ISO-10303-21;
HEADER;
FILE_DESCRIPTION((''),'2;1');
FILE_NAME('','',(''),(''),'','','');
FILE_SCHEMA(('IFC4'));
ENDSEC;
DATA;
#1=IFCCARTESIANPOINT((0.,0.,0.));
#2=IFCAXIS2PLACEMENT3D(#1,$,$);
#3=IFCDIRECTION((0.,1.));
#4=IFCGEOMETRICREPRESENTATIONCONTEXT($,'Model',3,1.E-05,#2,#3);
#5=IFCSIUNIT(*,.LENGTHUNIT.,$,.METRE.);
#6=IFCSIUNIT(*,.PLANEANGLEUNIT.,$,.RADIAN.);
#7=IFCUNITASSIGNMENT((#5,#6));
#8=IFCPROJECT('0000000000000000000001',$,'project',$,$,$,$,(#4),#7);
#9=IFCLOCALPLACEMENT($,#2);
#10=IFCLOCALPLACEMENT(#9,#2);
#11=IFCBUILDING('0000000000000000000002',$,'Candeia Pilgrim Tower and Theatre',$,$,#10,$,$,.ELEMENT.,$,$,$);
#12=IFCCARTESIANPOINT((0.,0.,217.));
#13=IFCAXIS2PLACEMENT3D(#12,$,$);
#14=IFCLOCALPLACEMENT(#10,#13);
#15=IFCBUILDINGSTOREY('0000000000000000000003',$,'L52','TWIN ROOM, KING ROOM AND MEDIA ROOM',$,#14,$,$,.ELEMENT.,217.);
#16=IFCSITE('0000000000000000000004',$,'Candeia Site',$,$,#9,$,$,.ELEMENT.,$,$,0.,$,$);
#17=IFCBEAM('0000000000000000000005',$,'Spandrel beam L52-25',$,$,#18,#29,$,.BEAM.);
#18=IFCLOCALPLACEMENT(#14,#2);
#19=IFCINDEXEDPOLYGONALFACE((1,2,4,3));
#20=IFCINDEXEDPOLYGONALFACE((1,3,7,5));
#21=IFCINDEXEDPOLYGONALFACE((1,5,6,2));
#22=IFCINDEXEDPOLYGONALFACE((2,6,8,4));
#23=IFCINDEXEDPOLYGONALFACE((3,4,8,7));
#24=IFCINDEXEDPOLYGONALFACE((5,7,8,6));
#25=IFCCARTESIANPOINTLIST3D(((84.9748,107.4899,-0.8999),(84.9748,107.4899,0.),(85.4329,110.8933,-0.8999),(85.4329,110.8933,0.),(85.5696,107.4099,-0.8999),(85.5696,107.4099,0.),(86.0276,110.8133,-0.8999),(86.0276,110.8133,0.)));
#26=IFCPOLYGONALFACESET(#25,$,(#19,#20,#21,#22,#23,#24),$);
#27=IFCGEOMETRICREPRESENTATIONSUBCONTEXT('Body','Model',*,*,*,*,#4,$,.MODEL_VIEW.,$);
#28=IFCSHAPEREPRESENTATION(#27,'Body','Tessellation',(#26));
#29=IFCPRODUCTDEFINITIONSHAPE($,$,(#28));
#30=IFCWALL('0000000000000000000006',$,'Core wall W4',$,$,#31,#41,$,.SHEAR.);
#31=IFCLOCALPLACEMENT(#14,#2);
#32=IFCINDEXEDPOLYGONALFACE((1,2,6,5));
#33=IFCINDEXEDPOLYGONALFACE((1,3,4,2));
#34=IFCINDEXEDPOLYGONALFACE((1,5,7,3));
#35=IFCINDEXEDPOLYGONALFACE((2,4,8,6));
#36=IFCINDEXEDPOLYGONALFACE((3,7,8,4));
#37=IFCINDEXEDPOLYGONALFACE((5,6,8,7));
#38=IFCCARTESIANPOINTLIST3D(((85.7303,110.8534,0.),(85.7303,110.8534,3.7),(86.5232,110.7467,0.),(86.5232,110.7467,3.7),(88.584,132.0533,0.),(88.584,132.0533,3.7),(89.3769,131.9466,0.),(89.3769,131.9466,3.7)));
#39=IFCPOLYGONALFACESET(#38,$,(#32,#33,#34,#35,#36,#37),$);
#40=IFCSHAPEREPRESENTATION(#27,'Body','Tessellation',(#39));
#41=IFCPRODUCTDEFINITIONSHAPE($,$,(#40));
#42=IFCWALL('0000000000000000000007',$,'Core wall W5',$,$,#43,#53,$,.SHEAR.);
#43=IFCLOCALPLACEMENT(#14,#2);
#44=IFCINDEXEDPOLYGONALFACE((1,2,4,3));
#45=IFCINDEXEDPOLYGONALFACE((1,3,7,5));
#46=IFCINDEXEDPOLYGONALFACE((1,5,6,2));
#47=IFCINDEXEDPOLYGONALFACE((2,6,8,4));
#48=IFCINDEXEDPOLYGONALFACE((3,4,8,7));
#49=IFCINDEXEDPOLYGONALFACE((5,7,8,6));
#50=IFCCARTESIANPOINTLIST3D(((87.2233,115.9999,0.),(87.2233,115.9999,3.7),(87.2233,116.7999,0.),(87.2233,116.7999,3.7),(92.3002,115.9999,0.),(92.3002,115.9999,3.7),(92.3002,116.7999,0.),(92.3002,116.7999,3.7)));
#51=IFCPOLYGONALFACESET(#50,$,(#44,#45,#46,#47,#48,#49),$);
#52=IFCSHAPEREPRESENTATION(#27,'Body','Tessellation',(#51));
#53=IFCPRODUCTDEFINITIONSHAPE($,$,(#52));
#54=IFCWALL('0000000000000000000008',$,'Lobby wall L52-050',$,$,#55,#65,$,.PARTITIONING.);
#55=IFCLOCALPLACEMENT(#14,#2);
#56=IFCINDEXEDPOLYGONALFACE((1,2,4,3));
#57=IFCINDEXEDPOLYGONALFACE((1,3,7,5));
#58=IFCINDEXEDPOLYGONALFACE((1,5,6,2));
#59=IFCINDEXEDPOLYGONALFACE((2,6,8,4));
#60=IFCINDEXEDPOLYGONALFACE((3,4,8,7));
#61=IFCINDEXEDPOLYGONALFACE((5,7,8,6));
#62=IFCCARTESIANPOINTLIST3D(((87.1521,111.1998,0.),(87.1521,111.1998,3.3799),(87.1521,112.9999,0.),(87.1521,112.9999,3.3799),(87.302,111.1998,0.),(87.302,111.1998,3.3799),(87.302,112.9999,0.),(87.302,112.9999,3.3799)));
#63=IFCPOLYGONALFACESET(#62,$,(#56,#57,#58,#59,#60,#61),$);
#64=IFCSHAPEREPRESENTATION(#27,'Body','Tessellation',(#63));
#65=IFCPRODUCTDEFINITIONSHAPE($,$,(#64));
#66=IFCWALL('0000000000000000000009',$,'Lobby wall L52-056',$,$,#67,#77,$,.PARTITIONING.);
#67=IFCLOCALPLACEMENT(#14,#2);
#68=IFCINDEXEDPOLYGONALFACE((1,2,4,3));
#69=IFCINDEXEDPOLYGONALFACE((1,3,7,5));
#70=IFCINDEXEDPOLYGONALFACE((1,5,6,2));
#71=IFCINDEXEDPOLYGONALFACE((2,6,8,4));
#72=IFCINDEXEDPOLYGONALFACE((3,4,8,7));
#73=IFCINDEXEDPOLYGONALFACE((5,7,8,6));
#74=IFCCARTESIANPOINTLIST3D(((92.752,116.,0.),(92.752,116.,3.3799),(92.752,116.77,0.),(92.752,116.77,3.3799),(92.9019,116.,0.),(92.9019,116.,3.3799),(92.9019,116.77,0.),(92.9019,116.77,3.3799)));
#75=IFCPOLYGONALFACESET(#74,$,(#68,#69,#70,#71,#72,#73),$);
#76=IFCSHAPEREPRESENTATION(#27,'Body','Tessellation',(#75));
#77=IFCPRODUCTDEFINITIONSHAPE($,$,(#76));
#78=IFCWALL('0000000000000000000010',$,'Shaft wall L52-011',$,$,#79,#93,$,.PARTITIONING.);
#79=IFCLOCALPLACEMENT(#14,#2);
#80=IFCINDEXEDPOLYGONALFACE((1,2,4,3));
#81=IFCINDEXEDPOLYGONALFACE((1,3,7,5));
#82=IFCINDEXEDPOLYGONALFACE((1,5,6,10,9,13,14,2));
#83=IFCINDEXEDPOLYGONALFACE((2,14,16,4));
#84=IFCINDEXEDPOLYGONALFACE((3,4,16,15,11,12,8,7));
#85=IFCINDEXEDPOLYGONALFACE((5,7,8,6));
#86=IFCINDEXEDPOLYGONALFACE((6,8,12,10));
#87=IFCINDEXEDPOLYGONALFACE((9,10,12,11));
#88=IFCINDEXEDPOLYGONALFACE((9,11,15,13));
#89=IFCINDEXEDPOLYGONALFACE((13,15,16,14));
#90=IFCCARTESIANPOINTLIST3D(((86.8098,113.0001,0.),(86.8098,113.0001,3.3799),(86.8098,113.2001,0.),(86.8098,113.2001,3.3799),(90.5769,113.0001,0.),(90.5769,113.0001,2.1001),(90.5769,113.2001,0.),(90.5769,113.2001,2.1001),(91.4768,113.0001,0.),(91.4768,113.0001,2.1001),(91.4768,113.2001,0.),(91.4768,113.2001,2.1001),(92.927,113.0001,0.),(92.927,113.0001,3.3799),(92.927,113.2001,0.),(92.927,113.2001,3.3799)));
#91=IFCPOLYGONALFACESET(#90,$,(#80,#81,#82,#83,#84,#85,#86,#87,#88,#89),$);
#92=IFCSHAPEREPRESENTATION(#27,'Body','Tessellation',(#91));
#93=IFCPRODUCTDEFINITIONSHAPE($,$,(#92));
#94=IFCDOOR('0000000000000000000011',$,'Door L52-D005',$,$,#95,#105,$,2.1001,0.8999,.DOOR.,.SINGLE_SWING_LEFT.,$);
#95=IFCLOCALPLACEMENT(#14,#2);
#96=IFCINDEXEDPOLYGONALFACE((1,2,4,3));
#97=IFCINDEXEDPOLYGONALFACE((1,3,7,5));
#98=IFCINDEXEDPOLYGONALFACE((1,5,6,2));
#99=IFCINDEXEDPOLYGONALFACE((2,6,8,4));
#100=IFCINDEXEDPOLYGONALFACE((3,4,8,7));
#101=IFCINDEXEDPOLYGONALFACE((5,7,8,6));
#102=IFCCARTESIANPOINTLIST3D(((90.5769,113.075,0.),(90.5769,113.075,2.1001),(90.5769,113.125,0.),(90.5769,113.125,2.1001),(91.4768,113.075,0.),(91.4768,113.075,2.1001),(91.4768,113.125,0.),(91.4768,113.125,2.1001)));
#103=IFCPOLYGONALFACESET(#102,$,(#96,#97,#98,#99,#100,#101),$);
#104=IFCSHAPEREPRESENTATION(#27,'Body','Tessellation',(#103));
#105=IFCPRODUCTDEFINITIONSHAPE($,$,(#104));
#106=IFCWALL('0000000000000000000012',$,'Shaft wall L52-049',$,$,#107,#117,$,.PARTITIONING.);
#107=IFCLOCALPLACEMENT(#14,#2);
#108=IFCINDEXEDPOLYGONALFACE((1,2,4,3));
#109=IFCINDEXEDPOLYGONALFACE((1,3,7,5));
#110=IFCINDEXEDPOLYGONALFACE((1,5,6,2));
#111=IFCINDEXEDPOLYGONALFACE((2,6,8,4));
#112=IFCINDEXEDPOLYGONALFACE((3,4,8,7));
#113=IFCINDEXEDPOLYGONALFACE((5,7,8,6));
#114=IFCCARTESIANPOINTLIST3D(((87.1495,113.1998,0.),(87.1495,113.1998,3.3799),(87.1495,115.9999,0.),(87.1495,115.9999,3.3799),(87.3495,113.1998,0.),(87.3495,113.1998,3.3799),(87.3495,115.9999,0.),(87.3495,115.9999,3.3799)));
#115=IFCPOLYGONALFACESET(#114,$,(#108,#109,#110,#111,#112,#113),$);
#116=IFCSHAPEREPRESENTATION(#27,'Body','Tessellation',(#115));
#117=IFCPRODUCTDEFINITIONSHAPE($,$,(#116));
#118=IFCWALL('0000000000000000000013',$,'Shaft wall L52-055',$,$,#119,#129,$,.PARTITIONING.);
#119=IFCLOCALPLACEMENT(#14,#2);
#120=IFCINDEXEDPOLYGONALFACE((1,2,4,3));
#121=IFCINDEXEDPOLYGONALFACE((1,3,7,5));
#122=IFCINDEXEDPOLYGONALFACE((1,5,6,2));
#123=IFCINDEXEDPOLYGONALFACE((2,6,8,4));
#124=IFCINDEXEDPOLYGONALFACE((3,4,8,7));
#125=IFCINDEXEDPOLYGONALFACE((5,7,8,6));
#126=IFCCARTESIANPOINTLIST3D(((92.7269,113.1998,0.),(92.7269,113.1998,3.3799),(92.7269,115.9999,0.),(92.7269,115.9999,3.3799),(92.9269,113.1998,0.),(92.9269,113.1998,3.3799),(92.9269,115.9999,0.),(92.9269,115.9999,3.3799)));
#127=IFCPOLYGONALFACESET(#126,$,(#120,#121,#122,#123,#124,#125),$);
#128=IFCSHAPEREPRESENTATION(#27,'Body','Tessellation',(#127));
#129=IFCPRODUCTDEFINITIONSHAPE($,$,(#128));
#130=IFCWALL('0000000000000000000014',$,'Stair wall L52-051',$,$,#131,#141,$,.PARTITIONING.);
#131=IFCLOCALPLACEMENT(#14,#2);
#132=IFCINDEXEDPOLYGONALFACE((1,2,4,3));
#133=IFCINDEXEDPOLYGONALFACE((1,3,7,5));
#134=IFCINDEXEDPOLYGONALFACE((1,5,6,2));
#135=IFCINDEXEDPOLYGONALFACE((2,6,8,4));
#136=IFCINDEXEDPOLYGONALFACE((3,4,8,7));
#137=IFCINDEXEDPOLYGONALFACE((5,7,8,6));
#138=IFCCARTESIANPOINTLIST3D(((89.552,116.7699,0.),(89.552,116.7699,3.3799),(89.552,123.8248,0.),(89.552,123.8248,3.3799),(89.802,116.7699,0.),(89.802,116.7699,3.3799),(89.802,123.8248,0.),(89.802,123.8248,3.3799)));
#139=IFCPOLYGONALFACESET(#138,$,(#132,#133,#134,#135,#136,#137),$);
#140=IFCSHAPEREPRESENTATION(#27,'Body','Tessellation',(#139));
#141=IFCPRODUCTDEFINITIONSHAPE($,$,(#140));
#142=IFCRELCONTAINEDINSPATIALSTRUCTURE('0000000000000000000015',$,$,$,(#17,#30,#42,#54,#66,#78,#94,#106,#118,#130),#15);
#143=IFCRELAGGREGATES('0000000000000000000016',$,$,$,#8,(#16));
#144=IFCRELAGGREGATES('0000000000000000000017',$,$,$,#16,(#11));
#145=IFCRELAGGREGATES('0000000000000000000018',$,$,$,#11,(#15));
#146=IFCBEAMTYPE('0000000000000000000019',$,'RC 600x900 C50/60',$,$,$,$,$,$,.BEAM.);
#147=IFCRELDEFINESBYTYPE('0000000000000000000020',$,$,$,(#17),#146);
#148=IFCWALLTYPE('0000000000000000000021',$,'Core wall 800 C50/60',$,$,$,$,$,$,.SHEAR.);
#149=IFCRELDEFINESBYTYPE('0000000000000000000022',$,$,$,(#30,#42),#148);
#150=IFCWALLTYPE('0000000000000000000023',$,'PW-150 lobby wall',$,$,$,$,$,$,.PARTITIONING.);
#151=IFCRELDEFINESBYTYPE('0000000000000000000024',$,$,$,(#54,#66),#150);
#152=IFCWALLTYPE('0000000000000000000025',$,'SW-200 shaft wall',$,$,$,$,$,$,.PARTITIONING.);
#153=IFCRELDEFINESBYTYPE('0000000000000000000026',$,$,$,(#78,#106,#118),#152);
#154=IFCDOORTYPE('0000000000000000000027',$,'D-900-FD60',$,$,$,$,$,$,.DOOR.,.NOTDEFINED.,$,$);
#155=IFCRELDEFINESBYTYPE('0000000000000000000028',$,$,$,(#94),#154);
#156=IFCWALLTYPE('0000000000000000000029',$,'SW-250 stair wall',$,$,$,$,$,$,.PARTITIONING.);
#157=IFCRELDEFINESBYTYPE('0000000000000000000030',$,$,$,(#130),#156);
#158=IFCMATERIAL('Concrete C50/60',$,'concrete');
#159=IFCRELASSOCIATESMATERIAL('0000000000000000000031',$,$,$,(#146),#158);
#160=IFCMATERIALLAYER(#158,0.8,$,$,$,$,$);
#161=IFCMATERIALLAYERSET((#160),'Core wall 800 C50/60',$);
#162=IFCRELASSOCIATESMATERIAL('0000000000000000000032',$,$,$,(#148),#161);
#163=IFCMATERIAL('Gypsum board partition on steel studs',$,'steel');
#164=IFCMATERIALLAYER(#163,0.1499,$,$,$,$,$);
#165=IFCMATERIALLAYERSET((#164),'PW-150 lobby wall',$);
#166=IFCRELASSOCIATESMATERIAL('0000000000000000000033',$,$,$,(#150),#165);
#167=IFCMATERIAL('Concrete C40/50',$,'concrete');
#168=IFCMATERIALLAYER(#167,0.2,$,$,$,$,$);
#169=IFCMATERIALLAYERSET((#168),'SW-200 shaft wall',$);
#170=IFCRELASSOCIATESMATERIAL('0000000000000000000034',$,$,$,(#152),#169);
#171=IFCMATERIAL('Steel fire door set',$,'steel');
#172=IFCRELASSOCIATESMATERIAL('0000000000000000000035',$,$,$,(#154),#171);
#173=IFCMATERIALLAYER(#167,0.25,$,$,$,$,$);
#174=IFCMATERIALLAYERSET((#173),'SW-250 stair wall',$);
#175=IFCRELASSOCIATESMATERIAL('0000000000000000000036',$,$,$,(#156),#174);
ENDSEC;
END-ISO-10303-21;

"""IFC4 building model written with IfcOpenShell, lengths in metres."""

from ifc_helpers import new_model, si_unit, direction, frame, frame_2d, origin, origin_2d, place, context, subcontext, project, spatial, rectangle, extrude, material, layer, layer_set, material_profile, profile_set, type_object, element, fill, save


model = new_model("IFC4")

# Units and contexts
model_context = context("Model", 3, precision=1e-05, world=origin(), true_north=direction((0.0, 1.0)))
body_context = subcontext(model_context, "Body", "Model", "MODEL_VIEW")
ifc_project = project(units=[si_unit("LENGTHUNIT", "METRE"), si_unit("PLANEANGLEUNIT", "RADIAN")], contexts=[model_context])

# Site, building, storey
site_placement = place(None, origin())
site = spatial("IfcSite", under=ifc_project, at=site_placement, Name="Candeia Site", CompositionType="ELEMENT", RefElevation=0.0)
building_placement = place(site_placement, origin())
building = spatial("IfcBuilding", under=site, at=building_placement, Name="Candeia Pilgrim Tower and Theatre", CompositionType="ELEMENT")
storey_placement = place(building_placement, frame((0.0, 0.0, 217.0)))
storey = spatial("IfcBuildingStorey", under=building, at=storey_placement, Name="L52", Description="TWIN ROOM, KING ROOM AND MEDIA ROOM", CompositionType="ELEMENT", Elevation=217.0)

# Beam
ifc_material_1 = material(Name="Concrete C50/60", Category="concrete")
ifc_material_profile = material_profile(ifc_material_1, rectangle(XDim=0.6001, YDim=0.8999, at=origin_2d()))
ifc_profile_set = profile_set([ifc_material_profile], Name="Concrete C50/60")
beam_type = type_object("IfcBeamType", Name="RC 600x900 C50/60", PredefinedType="BEAM", material=ifc_profile_set)
beam_placement = place(storey_placement, frame((85.7302, 110.8533, -0.45), z_axis=(-0.133374, -0.991066, 0.0), x_axis=(0.991066, -0.133374, 0.0)))
element("IfcBeam", 1, at=beam_placement, inside=storey, type_object=beam_type, Name="Spandrel beam L52-25", PredefinedType="BEAM", context=body_context, shape_type="SweptSolid", body=[
    extrude(rectangle(XDim=0.6001, YDim=0.8999, at=origin_2d()), origin(), (0.0, 0.0, 1.0), 3.4341),
])

# Walls
ifc_layer_1 = layer(ifc_material_1, 0.8)
ifc_layer_set_1 = layer_set([ifc_layer_1], Name="Core wall 800 C50/60")
wall_type_1 = type_object("IfcWallType", Name="Core wall 800 C50/60", PredefinedType="SHEAR", material=ifc_layer_set_1)
wall_1_placement = place(storey_placement, frame((86.1267, 110.8, 0.0), z_axis=(0.0, 0.0, 1.0), x_axis=(0.133408, 0.991061, 0.0)))
element("IfcWall", 2, at=wall_1_placement, inside=storey, type_object=wall_type_1, Name="Core wall W4", PredefinedType="SHEAR", context=body_context, shape_type="SweptSolid", body=[
    extrude(rectangle(XDim=21.3911, YDim=0.8, at=frame_2d((10.6956, 0.0))), origin(), (0.0, 0.0, 1.0), 3.7),
])
wall_2_placement = place(storey_placement, frame((87.2231, 116.3999, 0.0), z_axis=(0.0, 0.0, 1.0), x_axis=(1.0, 0.0, 0.0)))
element("IfcWall", 3, at=wall_2_placement, inside=storey, type_object=wall_type_1, Name="Core wall W5", PredefinedType="SHEAR", context=body_context, shape_type="SweptSolid", body=[
    extrude(rectangle(XDim=5.0769, YDim=0.8, at=frame_2d((2.5386, 0.0))), origin(), (0.0, 0.0, 1.0), 3.7),
])
ifc_material_2 = material(Name="Gypsum board partition on steel studs", Category="steel")
ifc_layer_2 = layer(ifc_material_2, 0.1499)
ifc_layer_set_2 = layer_set([ifc_layer_2], Name="PW-150 lobby wall")
wall_type_2 = type_object("IfcWallType", Name="PW-150 lobby wall", PredefinedType="PARTITIONING", material=ifc_layer_set_2)
wall_3_placement = place(storey_placement, frame((87.2271, 111.2, 0.0), z_axis=(0.0, 0.0, 1.0), x_axis=(0.0, 1.0, 0.0)))
element("IfcWall", 4, at=wall_3_placement, inside=storey, type_object=wall_type_2, Name="Lobby wall L52-050", PredefinedType="PARTITIONING", context=body_context, shape_type="SweptSolid", body=[
    extrude(rectangle(XDim=1.8, YDim=0.1499, at=frame_2d((0.8999, 0.0))), origin(), (0.0, 0.0, 1.0), 3.3799),
])
wall_4_placement = place(storey_placement, frame((92.8269, 116.0, 0.0), z_axis=(0.0, 0.0, 1.0), x_axis=(0.0, 1.0, 0.0)))
element("IfcWall", 5, at=wall_4_placement, inside=storey, type_object=wall_type_2, Name="Lobby wall L52-056", PredefinedType="PARTITIONING", context=body_context, shape_type="SweptSolid", body=[
    extrude(rectangle(XDim=0.77, YDim=0.1499, at=frame_2d((0.385, 0.0))), origin(), (0.0, 0.0, 1.0), 3.3799),
])

# Wall, opening, door
ifc_material_3 = material(Name="Concrete C40/50", Category="concrete")
ifc_layer_3 = layer(ifc_material_3, 0.2)
ifc_layer_set_3 = layer_set([ifc_layer_3], Name="SW-200 shaft wall")
wall_type_3 = type_object("IfcWallType", Name="SW-200 shaft wall", PredefinedType="PARTITIONING", material=ifc_layer_set_3)
wall_5_placement = place(storey_placement, frame((86.8098, 113.1001, 0.0), z_axis=(0.0, 0.0, 1.0), x_axis=(1.0, 0.0, 0.0)))
wall_5 = element("IfcWall", 6, at=wall_5_placement, inside=storey, type_object=wall_type_3, Name="Shaft wall L52-011", PredefinedType="PARTITIONING", context=body_context, shape_type="SweptSolid", body=[
    extrude(rectangle(XDim=6.1172, YDim=0.2, at=frame_2d((3.0586, 0.0))), origin(), (0.0, 0.0, 1.0), 3.3799),
])
opening_placement = place(wall_5_placement, frame((3.7671, 0.0, 0.0)))
opening = element("IfcOpeningElement", 7, at=opening_placement, cuts=wall_5, PredefinedType="OPENING", context=body_context, shape_type="SweptSolid", body=[
    extrude(rectangle(XDim=0.8999, YDim=2.1001, at=frame_2d((0.45, 1.05))), frame((0.0, 0.1099, 0.0), z_axis=(0.0, -1.0, 0.0), x_axis=(1.0, 0.0, 0.0)), (0.0, 0.0, 1.0), 0.22),
])
ifc_material_4 = material(Name="Steel fire door set", Category="steel")
door_type = type_object("IfcDoorType", Name="D-900-FD60", OperationType="NOTDEFINED", PredefinedType="DOOR", material=ifc_material_4)
door_placement = place(opening_placement, origin())
door = element("IfcDoor", 8, at=door_placement, inside=storey, type_object=door_type, Name="Door L52-D005", OperationType="SINGLE_SWING_LEFT", OverallHeight=2.1001, OverallWidth=0.8999, PredefinedType="DOOR", context=body_context, shape_type="SweptSolid", body=[
    extrude(rectangle(XDim=0.8999, YDim=2.1001, at=frame_2d((0.45, 1.05))), frame((0.0, 0.0249, 0.0), z_axis=(0.0, -1.0, 0.0), x_axis=(1.0, 0.0, 0.0)), (0.0, 0.0, 1.0), 0.05),
])
fill(opening, door)

# Walls
for number, where, z_axis, x_axis, name in (
    (9, (87.2495, 113.2, 0.0), (0.0, 0.0, 1.0), (0.0, 1.0, 0.0), "Shaft wall L52-049"),
    (10, (92.8269, 113.2, 0.0), (0.0, 0.0, 1.0), (0.0, 1.0, 0.0), "Shaft wall L52-055"),
):
    element("IfcWall", number, at=place(storey_placement, frame(where, z_axis=z_axis, x_axis=x_axis)), inside=storey, type_object=wall_type_3, Name=name, PredefinedType="PARTITIONING", context=body_context, shape_type="SweptSolid", body=[
        extrude(rectangle(XDim=2.8, YDim=0.2, at=frame_2d((1.3999, 0.0))), origin(), (0.0, 0.0, 1.0), 3.3799),
    ])
ifc_layer_4 = layer(ifc_material_3, 0.25)
ifc_layer_set_4 = layer_set([ifc_layer_4], Name="SW-250 stair wall")
wall_type_4 = type_object("IfcWallType", Name="SW-250 stair wall", PredefinedType="PARTITIONING", material=ifc_layer_set_4)
wall_6_placement = place(storey_placement, frame((89.677, 116.77, 0.0), z_axis=(0.0, 0.0, 1.0), x_axis=(0.0, 1.0, 0.0)))
element("IfcWall", 11, at=wall_6_placement, inside=storey, type_object=wall_type_4, Name="Stair wall L52-051", PredefinedType="PARTITIONING", context=body_context, shape_type="SweptSolid", body=[
    extrude(rectangle(XDim=7.0549, YDim=0.25, at=frame_2d((3.5273, 0.0))), origin(), (0.0, 0.0, 1.0), 3.3799),
])

save(model, "model.ifc")
